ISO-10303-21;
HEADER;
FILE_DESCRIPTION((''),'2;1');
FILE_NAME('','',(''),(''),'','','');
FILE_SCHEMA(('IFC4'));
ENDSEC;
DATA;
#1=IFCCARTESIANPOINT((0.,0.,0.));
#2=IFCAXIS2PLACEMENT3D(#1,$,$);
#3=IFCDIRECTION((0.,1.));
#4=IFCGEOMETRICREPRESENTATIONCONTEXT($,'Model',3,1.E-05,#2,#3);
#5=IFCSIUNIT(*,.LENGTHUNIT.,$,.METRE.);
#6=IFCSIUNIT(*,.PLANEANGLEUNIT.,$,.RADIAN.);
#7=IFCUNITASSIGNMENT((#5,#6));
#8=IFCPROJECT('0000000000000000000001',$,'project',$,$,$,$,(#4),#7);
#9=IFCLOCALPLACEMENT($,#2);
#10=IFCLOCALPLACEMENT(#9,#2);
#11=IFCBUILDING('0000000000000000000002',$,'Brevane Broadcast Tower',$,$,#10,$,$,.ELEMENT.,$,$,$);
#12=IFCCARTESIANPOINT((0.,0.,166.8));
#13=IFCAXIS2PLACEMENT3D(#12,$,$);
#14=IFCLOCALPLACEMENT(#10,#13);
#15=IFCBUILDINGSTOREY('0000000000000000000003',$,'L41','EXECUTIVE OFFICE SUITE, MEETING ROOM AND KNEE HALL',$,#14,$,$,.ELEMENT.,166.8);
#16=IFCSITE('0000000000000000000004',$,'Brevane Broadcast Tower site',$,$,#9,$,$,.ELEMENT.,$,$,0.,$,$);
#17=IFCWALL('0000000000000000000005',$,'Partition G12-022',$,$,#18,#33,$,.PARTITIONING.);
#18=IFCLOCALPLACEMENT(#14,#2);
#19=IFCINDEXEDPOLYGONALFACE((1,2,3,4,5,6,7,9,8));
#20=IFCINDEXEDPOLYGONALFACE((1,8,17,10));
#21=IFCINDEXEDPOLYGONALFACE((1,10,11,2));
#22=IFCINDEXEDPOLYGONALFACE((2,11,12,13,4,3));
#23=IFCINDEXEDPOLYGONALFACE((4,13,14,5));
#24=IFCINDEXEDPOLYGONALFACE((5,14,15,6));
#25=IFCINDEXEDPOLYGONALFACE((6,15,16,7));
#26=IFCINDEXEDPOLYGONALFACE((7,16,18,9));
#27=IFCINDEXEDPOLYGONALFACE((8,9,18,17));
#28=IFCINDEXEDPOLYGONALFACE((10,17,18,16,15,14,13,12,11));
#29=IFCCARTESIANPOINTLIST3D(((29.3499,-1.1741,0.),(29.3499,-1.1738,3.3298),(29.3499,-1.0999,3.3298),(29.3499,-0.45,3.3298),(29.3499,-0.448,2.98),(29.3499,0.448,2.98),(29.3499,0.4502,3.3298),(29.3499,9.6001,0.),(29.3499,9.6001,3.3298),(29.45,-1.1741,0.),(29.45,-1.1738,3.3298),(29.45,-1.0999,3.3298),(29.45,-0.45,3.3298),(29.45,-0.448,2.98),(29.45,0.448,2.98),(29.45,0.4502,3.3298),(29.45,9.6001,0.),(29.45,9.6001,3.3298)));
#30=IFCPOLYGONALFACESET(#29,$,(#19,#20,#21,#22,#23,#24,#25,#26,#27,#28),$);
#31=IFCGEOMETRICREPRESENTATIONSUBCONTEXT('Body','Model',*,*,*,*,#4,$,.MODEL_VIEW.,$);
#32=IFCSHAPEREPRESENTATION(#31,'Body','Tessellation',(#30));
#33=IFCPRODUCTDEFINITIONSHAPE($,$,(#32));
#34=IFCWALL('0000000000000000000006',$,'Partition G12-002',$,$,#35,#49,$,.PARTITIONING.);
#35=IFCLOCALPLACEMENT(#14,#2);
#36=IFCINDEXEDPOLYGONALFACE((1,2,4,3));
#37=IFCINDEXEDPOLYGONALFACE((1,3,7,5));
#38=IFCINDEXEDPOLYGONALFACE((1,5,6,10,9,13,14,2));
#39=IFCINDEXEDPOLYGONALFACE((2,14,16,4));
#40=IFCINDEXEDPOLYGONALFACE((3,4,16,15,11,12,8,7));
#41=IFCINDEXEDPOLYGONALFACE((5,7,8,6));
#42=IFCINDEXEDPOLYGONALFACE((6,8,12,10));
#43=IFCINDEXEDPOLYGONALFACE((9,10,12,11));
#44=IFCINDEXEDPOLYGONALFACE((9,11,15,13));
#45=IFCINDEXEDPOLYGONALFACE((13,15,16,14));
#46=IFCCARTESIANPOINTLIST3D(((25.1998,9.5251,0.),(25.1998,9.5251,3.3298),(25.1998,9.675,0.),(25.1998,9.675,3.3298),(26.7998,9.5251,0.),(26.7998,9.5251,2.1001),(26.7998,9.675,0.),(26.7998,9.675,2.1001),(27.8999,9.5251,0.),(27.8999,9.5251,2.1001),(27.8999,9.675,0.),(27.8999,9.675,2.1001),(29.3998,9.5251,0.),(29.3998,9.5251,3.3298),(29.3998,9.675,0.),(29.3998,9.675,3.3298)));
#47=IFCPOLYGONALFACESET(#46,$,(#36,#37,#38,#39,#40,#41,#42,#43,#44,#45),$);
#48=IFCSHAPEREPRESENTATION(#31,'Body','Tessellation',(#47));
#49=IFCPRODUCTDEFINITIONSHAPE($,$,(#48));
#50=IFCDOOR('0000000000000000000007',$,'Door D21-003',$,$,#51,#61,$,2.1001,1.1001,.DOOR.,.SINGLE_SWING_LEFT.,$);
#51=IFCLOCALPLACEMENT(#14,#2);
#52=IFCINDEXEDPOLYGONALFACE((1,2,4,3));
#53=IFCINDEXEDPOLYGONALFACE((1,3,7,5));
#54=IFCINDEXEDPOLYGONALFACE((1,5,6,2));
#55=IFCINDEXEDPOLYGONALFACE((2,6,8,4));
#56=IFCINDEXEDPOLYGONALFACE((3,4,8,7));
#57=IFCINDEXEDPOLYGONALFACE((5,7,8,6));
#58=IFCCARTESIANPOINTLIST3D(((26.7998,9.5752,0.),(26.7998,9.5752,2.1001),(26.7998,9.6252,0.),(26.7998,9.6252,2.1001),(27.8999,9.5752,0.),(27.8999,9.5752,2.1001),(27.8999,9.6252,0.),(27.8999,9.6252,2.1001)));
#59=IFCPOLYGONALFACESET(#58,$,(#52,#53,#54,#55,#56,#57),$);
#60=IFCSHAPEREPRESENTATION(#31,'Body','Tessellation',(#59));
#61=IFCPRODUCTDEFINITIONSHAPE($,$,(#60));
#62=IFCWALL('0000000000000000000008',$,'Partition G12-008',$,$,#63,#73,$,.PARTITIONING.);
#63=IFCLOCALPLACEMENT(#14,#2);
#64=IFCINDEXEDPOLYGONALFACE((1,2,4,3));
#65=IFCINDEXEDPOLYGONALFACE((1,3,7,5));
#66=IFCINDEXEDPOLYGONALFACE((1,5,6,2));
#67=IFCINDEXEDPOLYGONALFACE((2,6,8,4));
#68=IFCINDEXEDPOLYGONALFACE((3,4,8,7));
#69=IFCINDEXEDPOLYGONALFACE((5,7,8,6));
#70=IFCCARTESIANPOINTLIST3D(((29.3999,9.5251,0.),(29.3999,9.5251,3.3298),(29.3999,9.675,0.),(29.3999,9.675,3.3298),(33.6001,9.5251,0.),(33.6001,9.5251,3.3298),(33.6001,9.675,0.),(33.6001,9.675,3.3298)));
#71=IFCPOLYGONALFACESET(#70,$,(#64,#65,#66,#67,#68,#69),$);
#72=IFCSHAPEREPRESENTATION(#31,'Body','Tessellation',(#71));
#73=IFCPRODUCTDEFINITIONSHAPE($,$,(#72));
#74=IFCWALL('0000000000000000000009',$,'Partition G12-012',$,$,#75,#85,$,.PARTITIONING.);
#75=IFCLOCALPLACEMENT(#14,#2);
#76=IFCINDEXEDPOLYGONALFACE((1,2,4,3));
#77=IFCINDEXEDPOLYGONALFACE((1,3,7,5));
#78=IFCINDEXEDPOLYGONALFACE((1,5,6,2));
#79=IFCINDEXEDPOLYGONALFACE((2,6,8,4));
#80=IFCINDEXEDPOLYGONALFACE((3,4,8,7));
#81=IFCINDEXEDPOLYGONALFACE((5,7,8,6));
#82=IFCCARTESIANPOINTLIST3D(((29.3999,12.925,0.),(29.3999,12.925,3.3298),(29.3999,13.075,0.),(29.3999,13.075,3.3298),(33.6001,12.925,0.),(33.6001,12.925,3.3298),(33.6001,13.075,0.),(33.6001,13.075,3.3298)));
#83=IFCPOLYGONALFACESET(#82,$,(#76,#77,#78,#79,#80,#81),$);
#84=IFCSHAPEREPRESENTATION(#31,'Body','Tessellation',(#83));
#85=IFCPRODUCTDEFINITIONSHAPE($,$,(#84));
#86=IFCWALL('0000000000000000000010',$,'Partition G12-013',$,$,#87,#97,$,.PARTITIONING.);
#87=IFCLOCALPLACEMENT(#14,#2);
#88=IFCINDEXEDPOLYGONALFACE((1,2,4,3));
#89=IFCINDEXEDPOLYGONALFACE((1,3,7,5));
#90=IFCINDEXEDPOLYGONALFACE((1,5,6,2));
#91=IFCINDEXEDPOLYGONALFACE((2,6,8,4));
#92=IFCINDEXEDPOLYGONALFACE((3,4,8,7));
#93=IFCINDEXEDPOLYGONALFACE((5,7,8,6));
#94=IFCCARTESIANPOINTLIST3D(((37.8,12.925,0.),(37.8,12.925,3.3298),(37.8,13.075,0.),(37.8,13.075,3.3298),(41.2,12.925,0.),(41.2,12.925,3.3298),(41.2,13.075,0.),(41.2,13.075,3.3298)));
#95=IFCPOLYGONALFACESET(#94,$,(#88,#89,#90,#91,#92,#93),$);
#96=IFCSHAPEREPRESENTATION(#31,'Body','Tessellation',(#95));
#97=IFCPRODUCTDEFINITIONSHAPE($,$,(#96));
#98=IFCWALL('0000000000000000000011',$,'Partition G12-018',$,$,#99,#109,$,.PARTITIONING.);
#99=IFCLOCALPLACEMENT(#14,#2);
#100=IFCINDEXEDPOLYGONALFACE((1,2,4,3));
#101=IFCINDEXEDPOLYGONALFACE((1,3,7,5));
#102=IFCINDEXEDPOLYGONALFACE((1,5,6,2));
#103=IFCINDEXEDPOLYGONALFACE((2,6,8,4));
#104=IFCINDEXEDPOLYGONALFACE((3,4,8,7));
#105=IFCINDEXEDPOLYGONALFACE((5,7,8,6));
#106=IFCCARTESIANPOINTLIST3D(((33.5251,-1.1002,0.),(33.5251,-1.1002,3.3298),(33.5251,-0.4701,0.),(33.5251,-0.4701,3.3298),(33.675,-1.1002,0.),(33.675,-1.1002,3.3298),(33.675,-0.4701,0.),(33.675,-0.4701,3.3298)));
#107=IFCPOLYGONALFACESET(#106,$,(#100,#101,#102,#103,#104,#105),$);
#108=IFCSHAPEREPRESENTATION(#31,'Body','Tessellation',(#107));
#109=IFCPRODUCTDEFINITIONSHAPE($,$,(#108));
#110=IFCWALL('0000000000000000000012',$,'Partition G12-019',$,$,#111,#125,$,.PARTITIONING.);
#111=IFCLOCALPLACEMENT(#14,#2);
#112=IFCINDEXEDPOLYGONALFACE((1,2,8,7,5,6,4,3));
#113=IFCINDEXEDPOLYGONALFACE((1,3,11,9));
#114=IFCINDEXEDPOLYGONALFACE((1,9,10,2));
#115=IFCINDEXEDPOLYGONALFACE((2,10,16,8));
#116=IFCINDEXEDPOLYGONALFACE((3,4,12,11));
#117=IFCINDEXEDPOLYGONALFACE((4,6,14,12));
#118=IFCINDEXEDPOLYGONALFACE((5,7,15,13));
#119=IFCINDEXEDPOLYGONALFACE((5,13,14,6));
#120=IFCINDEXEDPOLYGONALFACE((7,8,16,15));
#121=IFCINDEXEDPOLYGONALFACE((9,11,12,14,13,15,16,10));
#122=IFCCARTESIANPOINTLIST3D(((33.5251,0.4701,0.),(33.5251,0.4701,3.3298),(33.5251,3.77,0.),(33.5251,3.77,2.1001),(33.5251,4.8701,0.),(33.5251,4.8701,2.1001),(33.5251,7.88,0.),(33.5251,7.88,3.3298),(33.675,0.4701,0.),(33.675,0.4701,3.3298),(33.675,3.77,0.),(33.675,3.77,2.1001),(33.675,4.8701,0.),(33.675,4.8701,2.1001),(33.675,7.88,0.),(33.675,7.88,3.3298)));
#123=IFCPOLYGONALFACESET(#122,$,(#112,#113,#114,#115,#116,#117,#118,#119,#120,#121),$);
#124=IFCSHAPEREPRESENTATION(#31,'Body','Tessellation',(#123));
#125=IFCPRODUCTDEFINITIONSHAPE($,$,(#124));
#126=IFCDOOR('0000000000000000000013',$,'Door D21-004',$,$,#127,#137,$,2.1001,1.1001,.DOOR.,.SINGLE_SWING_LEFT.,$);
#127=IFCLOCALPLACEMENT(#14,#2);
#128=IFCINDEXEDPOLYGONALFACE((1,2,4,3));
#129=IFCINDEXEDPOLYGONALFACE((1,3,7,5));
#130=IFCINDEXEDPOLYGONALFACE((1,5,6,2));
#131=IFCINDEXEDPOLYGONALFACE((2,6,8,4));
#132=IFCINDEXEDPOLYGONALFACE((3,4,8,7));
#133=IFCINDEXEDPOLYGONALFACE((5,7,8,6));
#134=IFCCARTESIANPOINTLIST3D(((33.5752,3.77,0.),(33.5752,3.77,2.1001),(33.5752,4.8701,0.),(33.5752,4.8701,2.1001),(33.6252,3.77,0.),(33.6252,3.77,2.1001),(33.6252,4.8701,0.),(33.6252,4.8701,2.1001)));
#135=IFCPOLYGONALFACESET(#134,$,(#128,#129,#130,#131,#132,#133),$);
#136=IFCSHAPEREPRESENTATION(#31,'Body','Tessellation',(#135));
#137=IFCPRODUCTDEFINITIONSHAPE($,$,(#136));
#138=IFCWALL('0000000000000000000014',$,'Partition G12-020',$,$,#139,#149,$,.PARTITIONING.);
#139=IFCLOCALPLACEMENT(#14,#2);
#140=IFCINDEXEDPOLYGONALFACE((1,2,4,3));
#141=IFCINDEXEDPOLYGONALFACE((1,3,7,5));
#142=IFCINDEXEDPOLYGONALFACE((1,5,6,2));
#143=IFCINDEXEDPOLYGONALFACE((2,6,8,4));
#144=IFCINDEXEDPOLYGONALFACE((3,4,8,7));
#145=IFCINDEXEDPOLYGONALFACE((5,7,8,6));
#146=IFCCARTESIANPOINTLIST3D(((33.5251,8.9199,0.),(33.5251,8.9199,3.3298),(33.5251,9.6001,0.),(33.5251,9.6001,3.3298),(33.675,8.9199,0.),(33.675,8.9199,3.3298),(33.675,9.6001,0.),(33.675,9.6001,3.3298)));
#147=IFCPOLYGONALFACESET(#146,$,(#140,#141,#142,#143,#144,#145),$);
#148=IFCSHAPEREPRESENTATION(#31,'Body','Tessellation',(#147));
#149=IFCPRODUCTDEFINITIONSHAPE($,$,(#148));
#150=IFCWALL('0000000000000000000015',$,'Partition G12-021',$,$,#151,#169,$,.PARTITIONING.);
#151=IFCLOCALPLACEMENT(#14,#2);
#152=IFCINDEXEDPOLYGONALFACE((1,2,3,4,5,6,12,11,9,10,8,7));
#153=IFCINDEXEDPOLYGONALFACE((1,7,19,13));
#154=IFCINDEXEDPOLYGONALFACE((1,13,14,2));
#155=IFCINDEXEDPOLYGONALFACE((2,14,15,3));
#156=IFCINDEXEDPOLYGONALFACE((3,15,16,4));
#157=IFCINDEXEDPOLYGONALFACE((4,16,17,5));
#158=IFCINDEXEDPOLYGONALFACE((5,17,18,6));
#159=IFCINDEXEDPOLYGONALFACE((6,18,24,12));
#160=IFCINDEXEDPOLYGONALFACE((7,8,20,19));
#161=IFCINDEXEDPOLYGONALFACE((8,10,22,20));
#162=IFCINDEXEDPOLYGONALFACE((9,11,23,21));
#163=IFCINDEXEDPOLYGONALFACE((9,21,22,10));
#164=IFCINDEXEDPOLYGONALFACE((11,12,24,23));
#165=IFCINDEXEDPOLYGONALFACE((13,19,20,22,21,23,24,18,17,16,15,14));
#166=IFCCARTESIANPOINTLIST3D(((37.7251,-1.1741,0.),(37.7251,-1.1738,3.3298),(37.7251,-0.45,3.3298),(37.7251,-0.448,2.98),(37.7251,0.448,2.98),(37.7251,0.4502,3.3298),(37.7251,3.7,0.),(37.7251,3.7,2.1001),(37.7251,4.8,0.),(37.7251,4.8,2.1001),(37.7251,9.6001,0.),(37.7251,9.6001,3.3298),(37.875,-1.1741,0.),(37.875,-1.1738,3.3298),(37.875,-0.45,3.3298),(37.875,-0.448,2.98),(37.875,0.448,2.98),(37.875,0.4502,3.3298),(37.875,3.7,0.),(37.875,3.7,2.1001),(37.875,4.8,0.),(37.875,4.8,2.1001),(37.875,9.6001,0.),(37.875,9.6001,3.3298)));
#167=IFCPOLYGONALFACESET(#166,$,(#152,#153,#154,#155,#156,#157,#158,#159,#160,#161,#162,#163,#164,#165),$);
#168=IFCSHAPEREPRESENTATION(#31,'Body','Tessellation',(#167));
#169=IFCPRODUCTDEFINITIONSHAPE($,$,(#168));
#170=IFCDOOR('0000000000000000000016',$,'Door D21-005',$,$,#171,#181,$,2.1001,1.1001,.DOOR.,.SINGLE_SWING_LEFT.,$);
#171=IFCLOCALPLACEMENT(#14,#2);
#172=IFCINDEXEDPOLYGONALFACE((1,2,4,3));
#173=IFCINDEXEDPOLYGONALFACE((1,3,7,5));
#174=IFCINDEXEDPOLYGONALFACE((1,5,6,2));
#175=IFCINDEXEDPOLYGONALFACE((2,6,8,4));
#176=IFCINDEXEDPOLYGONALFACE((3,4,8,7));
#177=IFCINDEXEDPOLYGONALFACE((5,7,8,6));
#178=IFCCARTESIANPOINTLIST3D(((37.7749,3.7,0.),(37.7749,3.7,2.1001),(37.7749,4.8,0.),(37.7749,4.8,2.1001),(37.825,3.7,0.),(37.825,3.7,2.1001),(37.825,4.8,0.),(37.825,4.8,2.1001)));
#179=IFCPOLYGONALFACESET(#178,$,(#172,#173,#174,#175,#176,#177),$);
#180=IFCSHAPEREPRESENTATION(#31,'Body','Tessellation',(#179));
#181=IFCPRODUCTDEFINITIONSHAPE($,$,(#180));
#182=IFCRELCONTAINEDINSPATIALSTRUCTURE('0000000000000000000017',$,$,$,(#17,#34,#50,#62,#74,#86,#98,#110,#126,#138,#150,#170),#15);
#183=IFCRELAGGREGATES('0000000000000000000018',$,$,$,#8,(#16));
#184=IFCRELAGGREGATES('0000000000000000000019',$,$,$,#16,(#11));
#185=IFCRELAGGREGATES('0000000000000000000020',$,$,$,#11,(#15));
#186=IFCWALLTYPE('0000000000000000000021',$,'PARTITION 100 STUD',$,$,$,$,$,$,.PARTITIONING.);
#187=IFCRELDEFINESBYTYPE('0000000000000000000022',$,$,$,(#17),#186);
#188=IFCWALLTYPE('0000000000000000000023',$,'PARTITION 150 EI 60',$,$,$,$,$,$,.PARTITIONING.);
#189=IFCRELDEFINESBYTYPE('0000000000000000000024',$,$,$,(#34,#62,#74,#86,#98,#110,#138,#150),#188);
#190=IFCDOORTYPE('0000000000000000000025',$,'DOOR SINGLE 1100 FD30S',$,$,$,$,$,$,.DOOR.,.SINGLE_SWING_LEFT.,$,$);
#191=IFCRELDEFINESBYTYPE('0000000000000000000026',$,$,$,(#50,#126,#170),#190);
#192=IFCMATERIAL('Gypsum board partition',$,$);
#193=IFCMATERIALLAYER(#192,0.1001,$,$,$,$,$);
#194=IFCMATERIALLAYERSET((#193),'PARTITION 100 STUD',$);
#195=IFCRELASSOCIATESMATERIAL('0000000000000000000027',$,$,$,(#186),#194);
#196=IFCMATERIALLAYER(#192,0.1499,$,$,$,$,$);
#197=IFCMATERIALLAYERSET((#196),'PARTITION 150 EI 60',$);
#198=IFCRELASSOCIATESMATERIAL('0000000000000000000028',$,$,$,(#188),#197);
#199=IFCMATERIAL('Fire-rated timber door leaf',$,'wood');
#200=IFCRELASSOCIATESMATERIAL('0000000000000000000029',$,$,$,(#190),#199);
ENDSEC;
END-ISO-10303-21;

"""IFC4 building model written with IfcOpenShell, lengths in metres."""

from ifc_helpers import new_model, si_unit, direction, frame, frame_2d, origin, place, context, subcontext, project, spatial, polyline, rectangle, outline, extrude, material, layer, layer_set, type_object, element, fill, save


model = new_model("IFC4")

# Units and contexts
model_context = context("Model", 3, precision=1e-05, world=origin(), true_north=direction((0.0, 1.0)))
body_context = subcontext(model_context, "Body", "Model", "MODEL_VIEW")
ifc_project = project(units=[si_unit("LENGTHUNIT", "METRE"), si_unit("PLANEANGLEUNIT", "RADIAN")], contexts=[model_context])

# Site, building, storey
site_placement = place(None, origin())
site = spatial("IfcSite", under=ifc_project, at=site_placement, Name="Brevane Broadcast Tower site", CompositionType="ELEMENT", RefElevation=0.0)
building_placement = place(site_placement, origin())
building = spatial("IfcBuilding", under=site, at=building_placement, Name="Brevane Broadcast Tower", CompositionType="ELEMENT")
storey_placement = place(building_placement, frame((0.0, 0.0, 166.8)))
storey = spatial("IfcBuildingStorey", under=building, at=storey_placement, Name="L41", Description="EXECUTIVE OFFICE SUITE, MEETING ROOM AND KNEE HALL", CompositionType="ELEMENT", Elevation=166.8)

# Wall
ifc_material_1 = material(Name="Gypsum board partition")
ifc_layer_1 = layer(ifc_material_1, 0.1001)
ifc_layer_set_1 = layer_set([ifc_layer_1], Name="PARTITION 100 STUD")
wall_type_1 = type_object("IfcWallType", Name="PARTITION 100 STUD", PredefinedType="PARTITIONING", material=ifc_layer_set_1)
wall_1_placement = place(storey_placement, frame((29.3999, 9.6001, 0.0), z_axis=(0.0, 0.0, 1.0), x_axis=(0.0, -1.0, 0.0)))
element("IfcWall", 1, at=wall_1_placement, inside=storey, type_object=wall_type_1, Name="Partition G12-022", PredefinedType="PARTITIONING", context=body_context, shape_type="SweptSolid", body=[
    extrude(outline(polyline([(0.0, 0.0), (10.7742, 0.0), (10.7739, 3.3298), (10.7, 3.3298), (10.05, 3.3298), (10.0481, 2.98), (9.1521, 2.98), (9.1499, 3.3298), (0.0, 3.3298), (0.0, 0.0)])), frame((0.0, 0.05, 0.0), z_axis=(0.0, -1.0, 0.0), x_axis=(1.0, 0.0, 0.0)), (0.0, 0.0, 1.0), 0.1001),
])

# Wall, opening, door
ifc_layer_2 = layer(ifc_material_1, 0.1499)
ifc_layer_set_2 = layer_set([ifc_layer_2], Name="PARTITION 150 EI 60")
wall_type_2 = type_object("IfcWallType", Name="PARTITION 150 EI 60", PredefinedType="PARTITIONING", material=ifc_layer_set_2)
wall_2_placement = place(storey_placement, frame((29.3999, 9.6001, 0.0), z_axis=(0.0, 0.0, 1.0), x_axis=(-1.0, 0.0, 0.0)))
wall_2 = element("IfcWall", 2, at=wall_2_placement, inside=storey, type_object=wall_type_2, Name="Partition G12-002", PredefinedType="PARTITIONING", context=body_context, shape_type="SweptSolid", body=[
    extrude(rectangle(XDim=4.2, YDim=0.1499, at=frame_2d((2.1001, 0.0))), origin(), (0.0, 0.0, 1.0), 3.3298),
])
opening_1_placement = place(wall_2_placement, frame((1.5, 0.0, 0.0)))
opening_1 = element("IfcOpeningElement", 3, at=opening_1_placement, cuts=wall_2, PredefinedType="OPENING", context=body_context, shape_type="SweptSolid", body=[
    extrude(rectangle(XDim=1.1001, YDim=2.1001, at=frame_2d((0.55, 1.05))), frame((0.0, 0.085, 0.0), z_axis=(0.0, -1.0, 0.0), x_axis=(1.0, 0.0, 0.0)), (0.0, 0.0, 1.0), 0.1699),
])
ifc_material_2 = material(Name="Fire-rated timber door leaf", Category="wood")
door_type_1 = type_object("IfcDoorType", Name="DOOR SINGLE 1100 FD30S", OperationType="SINGLE_SWING_LEFT", PredefinedType="DOOR", material=ifc_material_2)
door_1_placement = place(opening_1_placement, origin())
door_1 = element("IfcDoor", 4, at=door_1_placement, inside=storey, type_object=door_type_1, Name="Door D21-003", OperationType="SINGLE_SWING_LEFT", OverallHeight=2.1001, OverallWidth=1.1001, PredefinedType="DOOR", context=body_context, shape_type="SweptSolid", body=[
    extrude(rectangle(XDim=1.1001, YDim=2.1001, at=frame_2d((0.55, 1.05))), frame((0.0, 0.0249, 0.0), z_axis=(0.0, -1.0, 0.0), x_axis=(1.0, 0.0, 0.0)), (0.0, 0.0, 1.0), 0.05),
])
fill(opening_1, door_1)

# Walls
for number, where, z_axis, x_axis, name in (
    (5, (33.6001, 9.6001, 0.0), (0.0, 0.0, 1.0), (-1.0, 0.0, 0.0), "Partition G12-008"),
    (6, (29.3999, 13.0, 0.0), (0.0, 0.0, 1.0), (1.0, 0.0, 0.0), "Partition G12-012"),
):
    element("IfcWall", number, at=place(storey_placement, frame(where, z_axis=z_axis, x_axis=x_axis)), inside=storey, type_object=wall_type_2, Name=name, PredefinedType="PARTITIONING", context=body_context, shape_type="SweptSolid", body=[
        extrude(rectangle(XDim=4.2002, YDim=0.1499, at=frame_2d((2.1001, 0.0))), origin(), (0.0, 0.0, 1.0), 3.3298),
    ])
wall_3_placement = place(storey_placement, frame((37.8, 13.0, 0.0), z_axis=(0.0, 0.0, 1.0), x_axis=(1.0, 0.0, 0.0)))
element("IfcWall", 7, at=wall_3_placement, inside=storey, type_object=wall_type_2, Name="Partition G12-013", PredefinedType="PARTITIONING", context=body_context, shape_type="SweptSolid", body=[
    extrude(rectangle(XDim=3.3999, YDim=0.1499, at=frame_2d((1.7, 0.0))), origin(), (0.0, 0.0, 1.0), 3.3298),
])
wall_4_placement = place(storey_placement, frame((33.6001, -1.1001, 0.0), z_axis=(0.0, 0.0, 1.0), x_axis=(0.0, 1.0, 0.0)))
element("IfcWall", 8, at=wall_4_placement, inside=storey, type_object=wall_type_2, Name="Partition G12-018", PredefinedType="PARTITIONING", context=body_context, shape_type="SweptSolid", body=[
    extrude(rectangle(XDim=0.6301, YDim=0.1499, at=frame_2d((0.3149, 0.0))), origin(), (0.0, 0.0, 1.0), 3.3298),
])

# Wall, opening, door
wall_5_placement = place(storey_placement, frame((33.6001, 0.47, 0.0), z_axis=(0.0, 0.0, 1.0), x_axis=(0.0, 1.0, 0.0)))
wall_5 = element("IfcWall", 9, at=wall_5_placement, inside=storey, type_object=wall_type_2, Name="Partition G12-019", PredefinedType="PARTITIONING", context=body_context, shape_type="SweptSolid", body=[
    extrude(rectangle(XDim=7.4099, YDim=0.1499, at=frame_2d((3.7051, 0.0))), origin(), (0.0, 0.0, 1.0), 3.3298),
])
opening_2_placement = place(wall_5_placement, frame((3.3, 0.0, 0.0)))
opening_2 = element("IfcOpeningElement", 10, at=opening_2_placement, cuts=wall_5, PredefinedType="OPENING", context=body_context, shape_type="SweptSolid", body=[
    extrude(rectangle(XDim=1.1001, YDim=2.1001, at=frame_2d((0.55, 1.05))), frame((0.0, 0.085, 0.0), z_axis=(0.0, -1.0, 0.0), x_axis=(1.0, 0.0, 0.0)), (0.0, 0.0, 1.0), 0.1699),
])
door_2_placement = place(opening_2_placement, origin())
door_2 = element("IfcDoor", 11, at=door_2_placement, inside=storey, type_object=door_type_1, Name="Door D21-004", OperationType="SINGLE_SWING_LEFT", OverallHeight=2.1001, OverallWidth=1.1001, PredefinedType="DOOR", context=body_context, shape_type="SweptSolid", body=[
    extrude(rectangle(XDim=1.1001, YDim=2.1001, at=frame_2d((0.55, 1.05))), frame((0.0, 0.0249, 0.0), z_axis=(0.0, -1.0, 0.0), x_axis=(1.0, 0.0, 0.0)), (0.0, 0.0, 1.0), 0.05),
])
fill(opening_2, door_2)

# Wall
wall_6_placement = place(storey_placement, frame((33.6001, 8.9199, 0.0), z_axis=(0.0, 0.0, 1.0), x_axis=(0.0, 1.0, 0.0)))
element("IfcWall", 12, at=wall_6_placement, inside=storey, type_object=wall_type_2, Name="Partition G12-020", PredefinedType="PARTITIONING", context=body_context, shape_type="SweptSolid", body=[
    extrude(rectangle(XDim=0.6802, YDim=0.1499, at=frame_2d((0.3401, 0.0))), origin(), (0.0, 0.0, 1.0), 3.3298),
])

# Wall, opening, door
wall_7_placement = place(storey_placement, frame((37.8, 9.6001, 0.0), z_axis=(0.0, 0.0, 1.0), x_axis=(0.0, -1.0, 0.0)))
wall_7 = element("IfcWall", 13, at=wall_7_placement, inside=storey, type_object=wall_type_2, Name="Partition G12-021", PredefinedType="PARTITIONING", context=body_context, shape_type="SweptSolid", body=[
    extrude(outline(polyline([(0.0, 0.0), (10.7742, 0.0), (10.7739, 3.3298), (10.7, 3.3298), (10.05, 3.3298), (10.0481, 2.98), (9.1521, 2.98), (9.1499, 3.3298), (0.0, 3.3298), (0.0, 0.0)])), frame((0.0, 0.075, 0.0), z_axis=(0.0, -1.0, 0.0), x_axis=(1.0, 0.0, 0.0)), (0.0, 0.0, 1.0), 0.1499),
])
opening_3_placement = place(wall_7_placement, frame((4.8, 0.0, 0.0)))
opening_3 = element("IfcOpeningElement", 14, at=opening_3_placement, cuts=wall_7, PredefinedType="OPENING", context=body_context, shape_type="SweptSolid", body=[
    extrude(rectangle(XDim=1.1001, YDim=2.1001, at=frame_2d((0.55, 1.05))), frame((0.0, 0.085, 0.0), z_axis=(0.0, -1.0, 0.0), x_axis=(1.0, 0.0, 0.0)), (0.0, 0.0, 1.0), 0.1699),
])
door_3_placement = place(opening_3_placement, origin())
door_3 = element("IfcDoor", 15, at=door_3_placement, inside=storey, type_object=door_type_1, Name="Door D21-005", OperationType="SINGLE_SWING_LEFT", OverallHeight=2.1001, OverallWidth=1.1001, PredefinedType="DOOR", context=body_context, shape_type="SweptSolid", body=[
    extrude(rectangle(XDim=1.1001, YDim=2.1001, at=frame_2d((0.55, 1.05))), frame((0.0, 0.0249, 0.0), z_axis=(0.0, -1.0, 0.0), x_axis=(1.0, 0.0, 0.0)), (0.0, 0.0, 1.0), 0.05),
])
fill(opening_3, door_3)

save(model, "model.ifc")
